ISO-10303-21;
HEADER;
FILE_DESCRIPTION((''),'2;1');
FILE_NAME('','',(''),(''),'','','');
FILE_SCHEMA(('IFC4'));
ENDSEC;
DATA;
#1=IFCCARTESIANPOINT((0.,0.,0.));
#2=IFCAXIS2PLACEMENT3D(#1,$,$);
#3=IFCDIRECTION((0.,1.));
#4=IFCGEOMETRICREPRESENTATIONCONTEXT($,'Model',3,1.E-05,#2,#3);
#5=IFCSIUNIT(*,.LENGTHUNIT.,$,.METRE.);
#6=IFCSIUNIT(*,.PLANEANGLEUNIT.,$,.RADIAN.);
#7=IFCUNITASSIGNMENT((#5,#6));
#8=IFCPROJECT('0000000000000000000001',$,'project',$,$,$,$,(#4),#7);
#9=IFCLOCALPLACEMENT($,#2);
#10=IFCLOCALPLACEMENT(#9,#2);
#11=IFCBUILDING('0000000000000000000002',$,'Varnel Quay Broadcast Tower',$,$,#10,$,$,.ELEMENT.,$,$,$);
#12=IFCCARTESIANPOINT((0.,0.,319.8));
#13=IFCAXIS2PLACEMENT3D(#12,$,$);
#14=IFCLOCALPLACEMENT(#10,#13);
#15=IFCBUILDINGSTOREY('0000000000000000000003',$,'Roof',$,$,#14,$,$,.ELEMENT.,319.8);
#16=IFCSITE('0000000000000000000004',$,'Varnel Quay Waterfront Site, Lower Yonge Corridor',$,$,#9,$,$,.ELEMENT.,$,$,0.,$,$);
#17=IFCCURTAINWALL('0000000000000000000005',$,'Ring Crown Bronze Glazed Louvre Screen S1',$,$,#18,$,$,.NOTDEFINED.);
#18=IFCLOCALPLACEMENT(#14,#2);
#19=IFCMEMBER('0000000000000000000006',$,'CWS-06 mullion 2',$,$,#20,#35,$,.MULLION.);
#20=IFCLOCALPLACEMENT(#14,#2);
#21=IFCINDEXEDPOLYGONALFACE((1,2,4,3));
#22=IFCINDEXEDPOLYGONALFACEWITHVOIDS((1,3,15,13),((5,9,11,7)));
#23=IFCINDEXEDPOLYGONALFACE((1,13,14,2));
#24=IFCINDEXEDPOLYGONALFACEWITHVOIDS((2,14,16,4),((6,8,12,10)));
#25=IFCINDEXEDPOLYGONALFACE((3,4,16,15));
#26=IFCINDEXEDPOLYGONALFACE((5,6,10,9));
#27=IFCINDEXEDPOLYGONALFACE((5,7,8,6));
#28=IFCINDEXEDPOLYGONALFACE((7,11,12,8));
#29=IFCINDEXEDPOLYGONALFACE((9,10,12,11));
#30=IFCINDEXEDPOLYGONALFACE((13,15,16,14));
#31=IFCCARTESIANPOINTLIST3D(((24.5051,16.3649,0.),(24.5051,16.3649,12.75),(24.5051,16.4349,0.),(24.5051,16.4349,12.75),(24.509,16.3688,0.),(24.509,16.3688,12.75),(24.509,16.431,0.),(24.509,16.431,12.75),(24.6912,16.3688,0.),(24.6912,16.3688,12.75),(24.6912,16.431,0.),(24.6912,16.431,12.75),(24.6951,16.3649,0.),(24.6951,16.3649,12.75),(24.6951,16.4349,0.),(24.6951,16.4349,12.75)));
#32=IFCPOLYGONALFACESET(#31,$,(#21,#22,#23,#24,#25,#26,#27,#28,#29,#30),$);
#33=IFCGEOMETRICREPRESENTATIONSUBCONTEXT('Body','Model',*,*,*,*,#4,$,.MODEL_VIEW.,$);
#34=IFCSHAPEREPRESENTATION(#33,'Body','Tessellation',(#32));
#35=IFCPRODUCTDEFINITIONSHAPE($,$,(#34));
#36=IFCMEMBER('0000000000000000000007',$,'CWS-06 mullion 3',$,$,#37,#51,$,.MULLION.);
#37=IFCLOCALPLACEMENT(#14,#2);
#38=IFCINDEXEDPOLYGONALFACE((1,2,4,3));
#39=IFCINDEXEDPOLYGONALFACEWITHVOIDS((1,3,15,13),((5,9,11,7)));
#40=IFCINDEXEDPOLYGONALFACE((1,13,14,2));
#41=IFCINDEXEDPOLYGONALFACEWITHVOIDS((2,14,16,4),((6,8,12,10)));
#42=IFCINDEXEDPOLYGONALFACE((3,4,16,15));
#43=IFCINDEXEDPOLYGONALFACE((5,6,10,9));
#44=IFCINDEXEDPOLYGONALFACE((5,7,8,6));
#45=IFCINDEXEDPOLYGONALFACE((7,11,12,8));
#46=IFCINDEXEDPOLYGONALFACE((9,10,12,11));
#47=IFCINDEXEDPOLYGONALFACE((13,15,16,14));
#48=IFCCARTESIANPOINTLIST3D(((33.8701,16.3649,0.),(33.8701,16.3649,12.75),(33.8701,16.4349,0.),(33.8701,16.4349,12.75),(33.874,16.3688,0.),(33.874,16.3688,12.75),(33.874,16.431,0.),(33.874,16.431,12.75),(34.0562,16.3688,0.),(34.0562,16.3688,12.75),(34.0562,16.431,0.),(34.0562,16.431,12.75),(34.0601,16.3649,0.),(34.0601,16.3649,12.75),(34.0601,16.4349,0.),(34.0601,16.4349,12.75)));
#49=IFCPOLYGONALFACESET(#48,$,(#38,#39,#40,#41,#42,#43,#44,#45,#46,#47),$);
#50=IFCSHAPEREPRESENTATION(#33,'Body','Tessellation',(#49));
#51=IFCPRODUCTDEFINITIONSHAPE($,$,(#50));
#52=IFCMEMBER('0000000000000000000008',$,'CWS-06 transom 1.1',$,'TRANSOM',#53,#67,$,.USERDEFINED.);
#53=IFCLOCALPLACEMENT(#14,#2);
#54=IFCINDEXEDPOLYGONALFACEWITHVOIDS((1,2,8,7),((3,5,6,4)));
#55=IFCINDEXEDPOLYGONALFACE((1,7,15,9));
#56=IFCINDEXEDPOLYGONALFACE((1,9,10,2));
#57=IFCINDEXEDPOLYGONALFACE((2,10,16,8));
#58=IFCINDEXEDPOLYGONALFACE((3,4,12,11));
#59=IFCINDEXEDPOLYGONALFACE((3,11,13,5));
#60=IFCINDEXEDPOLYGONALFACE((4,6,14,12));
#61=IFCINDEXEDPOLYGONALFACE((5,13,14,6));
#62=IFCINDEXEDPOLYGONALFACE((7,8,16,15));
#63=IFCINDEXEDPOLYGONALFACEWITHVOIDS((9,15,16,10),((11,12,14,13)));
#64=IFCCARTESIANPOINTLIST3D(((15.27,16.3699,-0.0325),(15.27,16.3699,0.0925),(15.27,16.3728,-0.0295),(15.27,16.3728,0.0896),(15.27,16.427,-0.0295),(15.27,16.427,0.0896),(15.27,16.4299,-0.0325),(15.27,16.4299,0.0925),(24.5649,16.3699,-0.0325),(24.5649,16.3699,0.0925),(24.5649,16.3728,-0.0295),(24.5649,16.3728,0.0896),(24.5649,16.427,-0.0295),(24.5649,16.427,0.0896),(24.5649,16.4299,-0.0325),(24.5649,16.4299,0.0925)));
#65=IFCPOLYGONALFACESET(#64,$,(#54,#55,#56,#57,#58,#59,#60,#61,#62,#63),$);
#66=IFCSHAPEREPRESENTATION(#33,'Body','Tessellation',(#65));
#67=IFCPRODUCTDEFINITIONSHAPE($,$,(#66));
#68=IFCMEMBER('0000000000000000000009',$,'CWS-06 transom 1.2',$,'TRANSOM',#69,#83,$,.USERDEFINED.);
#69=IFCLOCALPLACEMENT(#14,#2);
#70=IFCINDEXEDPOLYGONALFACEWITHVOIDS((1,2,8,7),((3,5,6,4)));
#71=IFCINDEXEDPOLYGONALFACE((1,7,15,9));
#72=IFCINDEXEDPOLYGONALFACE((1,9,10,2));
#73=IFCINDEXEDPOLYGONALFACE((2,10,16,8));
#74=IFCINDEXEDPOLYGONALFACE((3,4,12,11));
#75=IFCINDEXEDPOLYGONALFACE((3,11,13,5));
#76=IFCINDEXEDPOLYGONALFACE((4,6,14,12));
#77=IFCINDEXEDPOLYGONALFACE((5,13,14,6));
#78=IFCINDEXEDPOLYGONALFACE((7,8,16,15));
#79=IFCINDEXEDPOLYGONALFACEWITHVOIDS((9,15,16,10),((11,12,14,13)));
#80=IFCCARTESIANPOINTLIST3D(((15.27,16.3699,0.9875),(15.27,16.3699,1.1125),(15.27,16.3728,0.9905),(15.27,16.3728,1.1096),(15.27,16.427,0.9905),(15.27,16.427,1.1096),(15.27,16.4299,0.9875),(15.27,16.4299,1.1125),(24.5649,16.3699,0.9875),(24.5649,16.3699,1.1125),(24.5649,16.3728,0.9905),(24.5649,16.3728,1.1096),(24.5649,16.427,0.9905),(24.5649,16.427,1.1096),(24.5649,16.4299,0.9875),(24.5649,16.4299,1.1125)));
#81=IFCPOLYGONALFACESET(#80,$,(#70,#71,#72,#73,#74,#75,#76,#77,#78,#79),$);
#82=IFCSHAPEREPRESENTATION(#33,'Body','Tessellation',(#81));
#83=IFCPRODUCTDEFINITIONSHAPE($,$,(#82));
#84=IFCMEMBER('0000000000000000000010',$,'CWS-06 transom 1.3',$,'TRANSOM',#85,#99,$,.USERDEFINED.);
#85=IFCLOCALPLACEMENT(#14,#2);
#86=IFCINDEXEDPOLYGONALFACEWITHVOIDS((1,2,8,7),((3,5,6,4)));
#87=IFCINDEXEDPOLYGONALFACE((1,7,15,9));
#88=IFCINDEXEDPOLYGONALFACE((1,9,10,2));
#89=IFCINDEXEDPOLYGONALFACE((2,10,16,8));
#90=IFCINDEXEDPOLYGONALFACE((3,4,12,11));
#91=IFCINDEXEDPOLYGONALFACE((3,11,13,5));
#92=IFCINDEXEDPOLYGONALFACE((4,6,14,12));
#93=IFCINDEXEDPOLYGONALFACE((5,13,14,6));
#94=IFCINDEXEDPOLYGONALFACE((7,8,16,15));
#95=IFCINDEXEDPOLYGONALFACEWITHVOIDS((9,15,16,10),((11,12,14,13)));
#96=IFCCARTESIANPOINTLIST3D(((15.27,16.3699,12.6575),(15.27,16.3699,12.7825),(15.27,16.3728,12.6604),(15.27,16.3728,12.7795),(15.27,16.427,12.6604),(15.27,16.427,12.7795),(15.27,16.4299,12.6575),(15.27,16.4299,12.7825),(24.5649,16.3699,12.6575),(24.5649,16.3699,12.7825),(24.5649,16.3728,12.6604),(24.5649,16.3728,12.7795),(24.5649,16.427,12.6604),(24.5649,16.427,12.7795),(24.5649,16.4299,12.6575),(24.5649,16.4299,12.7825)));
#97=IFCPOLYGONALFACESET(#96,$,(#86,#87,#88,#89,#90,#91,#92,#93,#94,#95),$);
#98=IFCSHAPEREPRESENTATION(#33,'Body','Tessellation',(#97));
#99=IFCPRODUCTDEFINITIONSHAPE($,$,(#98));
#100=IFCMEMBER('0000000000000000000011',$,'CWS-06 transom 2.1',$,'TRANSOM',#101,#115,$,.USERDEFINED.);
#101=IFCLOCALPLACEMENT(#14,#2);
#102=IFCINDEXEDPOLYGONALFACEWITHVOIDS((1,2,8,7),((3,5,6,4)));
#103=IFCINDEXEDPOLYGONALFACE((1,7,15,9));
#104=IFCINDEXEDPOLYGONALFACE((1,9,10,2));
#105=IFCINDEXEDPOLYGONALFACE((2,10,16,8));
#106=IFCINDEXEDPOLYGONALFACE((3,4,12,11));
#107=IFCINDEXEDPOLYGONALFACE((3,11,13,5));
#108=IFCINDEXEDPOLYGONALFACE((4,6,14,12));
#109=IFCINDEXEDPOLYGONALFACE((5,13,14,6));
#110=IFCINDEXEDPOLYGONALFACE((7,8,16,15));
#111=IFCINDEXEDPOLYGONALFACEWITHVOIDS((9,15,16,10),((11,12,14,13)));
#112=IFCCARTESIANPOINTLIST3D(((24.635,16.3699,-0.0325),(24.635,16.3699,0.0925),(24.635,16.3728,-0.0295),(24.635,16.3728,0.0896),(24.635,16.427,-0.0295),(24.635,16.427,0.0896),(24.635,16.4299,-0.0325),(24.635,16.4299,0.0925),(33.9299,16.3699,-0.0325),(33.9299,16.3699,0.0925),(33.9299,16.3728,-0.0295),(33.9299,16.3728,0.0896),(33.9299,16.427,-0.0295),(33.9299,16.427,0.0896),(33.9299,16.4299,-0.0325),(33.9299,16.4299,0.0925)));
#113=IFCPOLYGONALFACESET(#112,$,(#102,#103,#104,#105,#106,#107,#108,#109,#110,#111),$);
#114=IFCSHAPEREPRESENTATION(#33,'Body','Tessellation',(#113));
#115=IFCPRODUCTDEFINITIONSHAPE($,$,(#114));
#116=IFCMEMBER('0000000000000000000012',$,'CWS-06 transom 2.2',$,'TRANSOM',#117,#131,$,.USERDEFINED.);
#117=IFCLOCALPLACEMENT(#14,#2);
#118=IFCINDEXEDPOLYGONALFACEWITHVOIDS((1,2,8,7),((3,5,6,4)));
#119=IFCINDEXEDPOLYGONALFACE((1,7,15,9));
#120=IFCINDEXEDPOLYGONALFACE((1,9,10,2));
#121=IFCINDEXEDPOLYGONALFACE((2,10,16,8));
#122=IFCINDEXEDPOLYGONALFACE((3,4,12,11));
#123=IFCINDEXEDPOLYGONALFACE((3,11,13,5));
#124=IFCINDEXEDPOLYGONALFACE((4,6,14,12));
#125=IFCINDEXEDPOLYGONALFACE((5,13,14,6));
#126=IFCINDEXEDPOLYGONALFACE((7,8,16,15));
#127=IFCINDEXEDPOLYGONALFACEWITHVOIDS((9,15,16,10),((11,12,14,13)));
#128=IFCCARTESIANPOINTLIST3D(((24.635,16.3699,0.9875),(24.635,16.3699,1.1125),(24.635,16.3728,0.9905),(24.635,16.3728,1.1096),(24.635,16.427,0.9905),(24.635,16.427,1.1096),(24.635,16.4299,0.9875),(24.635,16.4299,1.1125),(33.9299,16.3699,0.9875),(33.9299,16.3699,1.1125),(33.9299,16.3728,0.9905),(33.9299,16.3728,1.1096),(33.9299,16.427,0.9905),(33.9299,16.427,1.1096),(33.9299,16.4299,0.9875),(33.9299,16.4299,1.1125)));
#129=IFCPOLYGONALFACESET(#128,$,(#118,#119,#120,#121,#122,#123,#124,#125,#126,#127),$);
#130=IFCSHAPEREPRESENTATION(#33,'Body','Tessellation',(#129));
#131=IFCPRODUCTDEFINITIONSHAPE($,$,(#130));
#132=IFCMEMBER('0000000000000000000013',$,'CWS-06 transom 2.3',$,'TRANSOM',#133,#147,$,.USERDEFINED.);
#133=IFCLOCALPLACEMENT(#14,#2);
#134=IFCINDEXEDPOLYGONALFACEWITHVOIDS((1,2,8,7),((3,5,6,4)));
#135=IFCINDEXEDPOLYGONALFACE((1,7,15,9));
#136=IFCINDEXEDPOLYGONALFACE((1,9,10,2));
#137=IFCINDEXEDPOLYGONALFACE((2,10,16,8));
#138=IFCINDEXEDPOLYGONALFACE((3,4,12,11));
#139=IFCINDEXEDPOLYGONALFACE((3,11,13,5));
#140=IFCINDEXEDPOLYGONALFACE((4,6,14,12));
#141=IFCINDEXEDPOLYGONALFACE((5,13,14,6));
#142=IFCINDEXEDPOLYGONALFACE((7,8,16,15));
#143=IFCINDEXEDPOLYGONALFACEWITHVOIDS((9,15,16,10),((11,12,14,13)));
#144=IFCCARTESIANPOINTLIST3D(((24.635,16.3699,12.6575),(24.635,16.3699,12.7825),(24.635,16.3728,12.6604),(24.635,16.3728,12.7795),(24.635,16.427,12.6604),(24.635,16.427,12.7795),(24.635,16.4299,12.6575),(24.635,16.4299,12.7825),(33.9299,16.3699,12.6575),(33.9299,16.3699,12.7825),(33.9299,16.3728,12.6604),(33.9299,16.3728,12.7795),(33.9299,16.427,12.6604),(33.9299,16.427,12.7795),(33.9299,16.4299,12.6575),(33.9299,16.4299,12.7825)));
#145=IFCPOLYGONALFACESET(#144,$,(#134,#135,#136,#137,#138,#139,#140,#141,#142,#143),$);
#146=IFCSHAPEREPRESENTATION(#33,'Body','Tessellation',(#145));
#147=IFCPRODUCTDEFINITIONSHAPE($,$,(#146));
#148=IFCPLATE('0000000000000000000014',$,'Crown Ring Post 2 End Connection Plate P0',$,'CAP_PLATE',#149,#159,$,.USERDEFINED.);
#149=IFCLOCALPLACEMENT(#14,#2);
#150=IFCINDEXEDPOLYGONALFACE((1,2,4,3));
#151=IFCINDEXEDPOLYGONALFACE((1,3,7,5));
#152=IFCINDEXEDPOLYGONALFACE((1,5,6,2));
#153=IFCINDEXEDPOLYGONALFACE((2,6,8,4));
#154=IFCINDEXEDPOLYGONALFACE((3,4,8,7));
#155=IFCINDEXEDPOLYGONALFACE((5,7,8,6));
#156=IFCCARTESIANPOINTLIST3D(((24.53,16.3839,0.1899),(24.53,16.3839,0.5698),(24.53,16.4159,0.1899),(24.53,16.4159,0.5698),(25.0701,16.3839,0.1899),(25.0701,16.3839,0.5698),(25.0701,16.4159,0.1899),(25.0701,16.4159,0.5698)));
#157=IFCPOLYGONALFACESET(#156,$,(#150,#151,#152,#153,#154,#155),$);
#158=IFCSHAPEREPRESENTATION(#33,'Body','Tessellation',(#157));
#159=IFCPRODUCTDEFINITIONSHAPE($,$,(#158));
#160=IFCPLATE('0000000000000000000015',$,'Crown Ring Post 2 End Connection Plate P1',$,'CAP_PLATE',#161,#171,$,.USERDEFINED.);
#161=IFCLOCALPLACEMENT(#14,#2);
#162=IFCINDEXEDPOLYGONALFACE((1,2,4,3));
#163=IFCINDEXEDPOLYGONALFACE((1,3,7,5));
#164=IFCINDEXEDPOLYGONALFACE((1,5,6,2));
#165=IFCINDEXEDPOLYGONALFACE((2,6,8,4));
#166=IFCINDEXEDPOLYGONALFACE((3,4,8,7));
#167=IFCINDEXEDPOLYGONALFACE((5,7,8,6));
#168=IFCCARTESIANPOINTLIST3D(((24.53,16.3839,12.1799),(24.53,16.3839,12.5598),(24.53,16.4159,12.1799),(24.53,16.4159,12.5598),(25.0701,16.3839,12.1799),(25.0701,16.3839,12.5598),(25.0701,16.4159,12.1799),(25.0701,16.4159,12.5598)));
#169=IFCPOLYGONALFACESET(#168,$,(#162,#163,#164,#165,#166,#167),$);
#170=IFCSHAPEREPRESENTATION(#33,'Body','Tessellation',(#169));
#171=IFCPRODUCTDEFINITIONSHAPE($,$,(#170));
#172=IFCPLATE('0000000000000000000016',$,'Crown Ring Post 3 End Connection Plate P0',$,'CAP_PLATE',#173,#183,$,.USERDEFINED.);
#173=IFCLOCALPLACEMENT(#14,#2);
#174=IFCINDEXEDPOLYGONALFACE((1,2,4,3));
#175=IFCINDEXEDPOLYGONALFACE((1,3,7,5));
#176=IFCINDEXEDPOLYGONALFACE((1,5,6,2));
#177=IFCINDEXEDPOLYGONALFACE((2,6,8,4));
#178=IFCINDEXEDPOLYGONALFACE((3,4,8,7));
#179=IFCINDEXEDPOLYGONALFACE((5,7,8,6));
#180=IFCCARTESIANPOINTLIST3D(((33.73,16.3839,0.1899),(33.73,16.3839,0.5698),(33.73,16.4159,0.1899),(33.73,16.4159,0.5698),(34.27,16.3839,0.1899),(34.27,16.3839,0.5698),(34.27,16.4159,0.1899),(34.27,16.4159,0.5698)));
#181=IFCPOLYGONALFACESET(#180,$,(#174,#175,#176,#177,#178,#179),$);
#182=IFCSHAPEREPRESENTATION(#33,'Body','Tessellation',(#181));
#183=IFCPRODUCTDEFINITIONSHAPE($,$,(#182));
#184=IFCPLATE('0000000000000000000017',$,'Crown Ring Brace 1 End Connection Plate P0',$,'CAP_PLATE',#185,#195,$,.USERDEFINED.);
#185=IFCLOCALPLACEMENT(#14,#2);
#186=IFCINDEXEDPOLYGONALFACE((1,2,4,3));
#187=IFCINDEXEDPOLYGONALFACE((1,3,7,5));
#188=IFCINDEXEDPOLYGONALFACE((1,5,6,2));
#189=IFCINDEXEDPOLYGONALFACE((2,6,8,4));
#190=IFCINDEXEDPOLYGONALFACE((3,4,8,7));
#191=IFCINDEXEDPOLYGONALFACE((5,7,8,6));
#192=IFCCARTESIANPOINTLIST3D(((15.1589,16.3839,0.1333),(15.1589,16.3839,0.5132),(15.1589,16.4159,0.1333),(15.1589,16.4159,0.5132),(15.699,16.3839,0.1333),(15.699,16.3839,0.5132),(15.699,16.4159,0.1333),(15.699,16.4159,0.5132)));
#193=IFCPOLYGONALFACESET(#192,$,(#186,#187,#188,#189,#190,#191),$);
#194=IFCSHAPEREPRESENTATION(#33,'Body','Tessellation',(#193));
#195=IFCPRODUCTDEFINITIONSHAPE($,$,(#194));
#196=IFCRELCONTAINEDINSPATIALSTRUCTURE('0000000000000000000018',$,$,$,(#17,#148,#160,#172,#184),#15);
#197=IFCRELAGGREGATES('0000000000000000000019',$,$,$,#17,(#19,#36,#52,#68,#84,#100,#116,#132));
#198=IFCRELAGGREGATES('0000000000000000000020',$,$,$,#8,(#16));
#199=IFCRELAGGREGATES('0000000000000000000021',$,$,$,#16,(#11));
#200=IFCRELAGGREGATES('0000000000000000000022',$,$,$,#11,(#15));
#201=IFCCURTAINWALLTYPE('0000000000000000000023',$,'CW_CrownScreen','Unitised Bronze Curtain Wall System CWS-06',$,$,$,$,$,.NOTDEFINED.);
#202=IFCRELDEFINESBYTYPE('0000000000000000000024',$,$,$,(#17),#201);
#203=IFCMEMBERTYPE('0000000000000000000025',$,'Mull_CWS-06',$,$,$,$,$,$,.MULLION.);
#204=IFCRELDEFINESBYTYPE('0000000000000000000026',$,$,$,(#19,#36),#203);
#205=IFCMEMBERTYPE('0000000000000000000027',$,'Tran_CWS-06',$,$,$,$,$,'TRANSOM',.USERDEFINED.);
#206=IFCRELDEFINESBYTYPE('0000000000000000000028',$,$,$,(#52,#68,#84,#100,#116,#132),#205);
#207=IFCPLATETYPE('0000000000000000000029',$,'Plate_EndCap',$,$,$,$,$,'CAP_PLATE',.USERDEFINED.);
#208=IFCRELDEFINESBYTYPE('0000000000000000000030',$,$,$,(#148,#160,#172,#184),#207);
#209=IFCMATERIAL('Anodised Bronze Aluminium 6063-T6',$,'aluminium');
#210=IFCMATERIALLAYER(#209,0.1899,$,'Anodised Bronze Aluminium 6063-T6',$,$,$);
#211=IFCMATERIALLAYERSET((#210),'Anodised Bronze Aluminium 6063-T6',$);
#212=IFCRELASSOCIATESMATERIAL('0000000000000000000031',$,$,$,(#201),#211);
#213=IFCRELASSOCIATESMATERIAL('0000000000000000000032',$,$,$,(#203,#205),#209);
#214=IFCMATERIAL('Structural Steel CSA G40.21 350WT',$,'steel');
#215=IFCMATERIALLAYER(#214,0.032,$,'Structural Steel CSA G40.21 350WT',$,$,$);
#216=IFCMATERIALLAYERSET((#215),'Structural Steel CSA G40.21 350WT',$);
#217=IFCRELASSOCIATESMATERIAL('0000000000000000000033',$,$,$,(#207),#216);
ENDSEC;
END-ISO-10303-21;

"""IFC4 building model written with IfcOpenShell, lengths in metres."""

from ifc_helpers import new_model, si_unit, direction, frame, origin, origin_2d, place, context, subcontext, project, spatial, rectangle, hollow_rectangle, extrude, source, transform, mapped, material, layer, layer_set, material_profile, profile_set, type_object, type_shapes, element, aggregate, save


model = new_model("IFC4")

# Units and contexts
model_context = context("Model", 3, precision=1e-05, world=origin(), true_north=direction((0.0, 1.0)))
body_context = subcontext(model_context, "Body", "Model", "MODEL_VIEW")
ifc_project = project(units=[si_unit("LENGTHUNIT", "METRE"), si_unit("PLANEANGLEUNIT", "RADIAN")], contexts=[model_context])

# Site, building, storey
site_placement = place(None, origin())
site = spatial("IfcSite", under=ifc_project, at=site_placement, Name="Varnel Quay Waterfront Site, Lower Yonge Corridor", CompositionType="ELEMENT", RefElevation=0.0)
building_placement = place(site_placement, origin())
building = spatial("IfcBuilding", under=site, at=building_placement, Name="Varnel Quay Broadcast Tower", CompositionType="ELEMENT")
storey_placement = place(building_placement, frame((0.0, 0.0, 319.8)))
storey = spatial("IfcBuildingStorey", under=building, at=storey_placement, Name="Roof", CompositionType="ELEMENT", Elevation=319.8)

# Shared definitions
ifc_material_1 = material(Name="Structural Steel CSA G40.21 350WT", Category="steel")

# Curtain wall, members
ifc_material_2 = material(Name="Anodised Bronze Aluminium 6063-T6", Category="aluminium")
ifc_layer_1 = layer(ifc_material_2, 0.1899, Name="Anodised Bronze Aluminium 6063-T6")
ifc_layer_set_1 = layer_set([ifc_layer_1], Name="Anodised Bronze Aluminium 6063-T6")
curtain_wall_type = type_object("IfcCurtainWallType", Name="CW_CrownScreen", Description="Unitised Bronze Curtain Wall System CWS-06", PredefinedType="NOTDEFINED", material=ifc_layer_set_1)
curtain_wall_placement = place(storey_placement, origin())
curtain_wall = element("IfcCurtainWall", 1, at=curtain_wall_placement, inside=storey, type_object=curtain_wall_type, Name="Ring Crown Bronze Glazed Louvre Screen S1", PredefinedType="NOTDEFINED")
ifc_material_profile_1 = material_profile(ifc_material_2, hollow_rectangle(XDim=0.0701, YDim=0.1899, WallThickness=0.0039, at=origin_2d()), Name="ALU70X190X4")
ifc_profile_set_1 = profile_set([ifc_material_profile_1], Name="Anodised Bronze Aluminium 6063-T6")
member_type_1 = type_object("IfcMemberType", Name="Mull_CWS-06", PredefinedType="MULLION", material=ifc_profile_set_1)
shared_shape_1 = source(origin(), body_context, "Body", "SweptSolid", [
    extrude(hollow_rectangle(XDim=0.0701, YDim=0.1899, WallThickness=0.0039, at=origin_2d()), origin(), (0.0, 0.0, 1.0), 12.75),
])
type_shapes(member_type_1, [shared_shape_1])
member_1_placement = place(storey_placement, frame((24.6001, 16.3999, 0.0), z_axis=(0.0, 0.0, 1.0), x_axis=(0.0, 1.0, 0.0)))
member_1 = element("IfcMember", 2, at=member_1_placement, type_object=member_type_1, Name="CWS-06 mullion 2", PredefinedType="MULLION", context=body_context, shape_type="MappedRepresentation", body=[
    mapped(shared_shape_1, transform((0.0, 0.0, 0.0), x_axis=(1.0, 0.0, 0.0), y_axis=(0.0, 1.0, 0.0), z_axis=(0.0, 0.0, 1.0), scale=1.0)),
])
member_2_placement = place(storey_placement, frame((33.9651, 16.3999, 0.0), z_axis=(0.0, 0.0, 1.0), x_axis=(0.0, 1.0, 0.0)))
member_2 = element("IfcMember", 3, at=member_2_placement, type_object=member_type_1, Name="CWS-06 mullion 3", PredefinedType="MULLION", context=body_context, shape_type="MappedRepresentation", body=[
    mapped(shared_shape_1, transform((0.0, 0.0, 0.0), x_axis=(1.0, 0.0, 0.0), y_axis=(0.0, 1.0, 0.0), z_axis=(0.0, 0.0, 1.0), scale=1.0)),
])
ifc_material_profile_2 = material_profile(ifc_material_2, hollow_rectangle(XDim=0.0601, YDim=0.125, WallThickness=0.0029, at=origin_2d()), Name="ALU60X125X3")
ifc_profile_set_2 = profile_set([ifc_material_profile_2], Name="Anodised Bronze Aluminium 6063-T6")
member_type_2 = type_object("IfcMemberType", Name="Tran_CWS-06", ElementType="TRANSOM", PredefinedType="USERDEFINED", material=ifc_profile_set_2)
shared_shape_2 = source(origin(), body_context, "Body", "SweptSolid", [
    extrude(hollow_rectangle(XDim=0.0601, YDim=0.125, WallThickness=0.0029, at=origin_2d()), origin(), (0.0, 0.0, 1.0), 9.2949),
])
type_shapes(member_type_2, [shared_shape_2])
member_3_placement = place(storey_placement, frame((15.27, 16.3999, 0.03), z_axis=(1.0, 0.0, 0.0), x_axis=(0.0, 1.0, 0.0)))
member_3 = element("IfcMember", 4, at=member_3_placement, type_object=member_type_2, Name="CWS-06 transom 1.1", ObjectType="TRANSOM", PredefinedType="USERDEFINED", context=body_context, shape_type="MappedRepresentation", body=[
    mapped(shared_shape_2, transform((0.0, 0.0, 0.0), x_axis=(1.0, 0.0, 0.0), y_axis=(0.0, 1.0, 0.0), z_axis=(0.0, 0.0, 1.0), scale=1.0)),
])
member_4_placement = place(storey_placement, frame((15.27, 16.3999, 1.05), z_axis=(1.0, 0.0, 0.0), x_axis=(0.0, 1.0, 0.0)))
member_4 = element("IfcMember", 5, at=member_4_placement, type_object=member_type_2, Name="CWS-06 transom 1.2", ObjectType="TRANSOM", PredefinedType="USERDEFINED", context=body_context, shape_type="MappedRepresentation", body=[
    mapped(shared_shape_2, transform((0.0, 0.0, 0.0), x_axis=(1.0, 0.0, 0.0), y_axis=(0.0, 1.0, 0.0), z_axis=(0.0, 0.0, 1.0), scale=1.0)),
])
member_5_placement = place(storey_placement, frame((15.27, 16.3999, 12.72), z_axis=(1.0, 0.0, 0.0), x_axis=(0.0, 1.0, 0.0)))
member_5 = element("IfcMember", 6, at=member_5_placement, type_object=member_type_2, Name="CWS-06 transom 1.3", ObjectType="TRANSOM", PredefinedType="USERDEFINED", context=body_context, shape_type="MappedRepresentation", body=[
    mapped(shared_shape_2, transform((0.0, 0.0, 0.0), x_axis=(1.0, 0.0, 0.0), y_axis=(0.0, 1.0, 0.0), z_axis=(0.0, 0.0, 1.0), scale=1.0)),
])
member_6_placement = place(storey_placement, frame((24.635, 16.3999, 0.03), z_axis=(1.0, 0.0, 0.0), x_axis=(0.0, 1.0, 0.0)))
member_6 = element("IfcMember", 7, at=member_6_placement, type_object=member_type_2, Name="CWS-06 transom 2.1", ObjectType="TRANSOM", PredefinedType="USERDEFINED", context=body_context, shape_type="MappedRepresentation", body=[
    mapped(shared_shape_2, transform((0.0, 0.0, 0.0), x_axis=(1.0, 0.0, 0.0), y_axis=(0.0, 1.0, 0.0), z_axis=(0.0, 0.0, 1.0), scale=1.0)),
])
member_7_placement = place(storey_placement, frame((24.635, 16.3999, 1.05), z_axis=(1.0, 0.0, 0.0), x_axis=(0.0, 1.0, 0.0)))
member_7 = element("IfcMember", 8, at=member_7_placement, type_object=member_type_2, Name="CWS-06 transom 2.2", ObjectType="TRANSOM", PredefinedType="USERDEFINED", context=body_context, shape_type="MappedRepresentation", body=[
    mapped(shared_shape_2, transform((0.0, 0.0, 0.0), x_axis=(1.0, 0.0, 0.0), y_axis=(0.0, 1.0, 0.0), z_axis=(0.0, 0.0, 1.0), scale=1.0)),
])
member_8_placement = place(storey_placement, frame((24.635, 16.3999, 12.72), z_axis=(1.0, 0.0, 0.0), x_axis=(0.0, 1.0, 0.0)))
member_8 = element("IfcMember", 9, at=member_8_placement, type_object=member_type_2, Name="CWS-06 transom 2.3", ObjectType="TRANSOM", PredefinedType="USERDEFINED", context=body_context, shape_type="MappedRepresentation", body=[
    mapped(shared_shape_2, transform((0.0, 0.0, 0.0), x_axis=(1.0, 0.0, 0.0), y_axis=(0.0, 1.0, 0.0), z_axis=(0.0, 0.0, 1.0), scale=1.0)),
])

# Plates
ifc_layer_2 = layer(ifc_material_1, 0.032, Name="Structural Steel CSA G40.21 350WT")
ifc_layer_set_2 = layer_set([ifc_layer_2], Name="Structural Steel CSA G40.21 350WT")
plate_type_1 = type_object("IfcPlateType", Name="Plate_EndCap", ElementType="CAP_PLATE", PredefinedType="USERDEFINED", material=ifc_layer_set_2)
shared_shape_3 = source(origin(), body_context, "Body", "SweptSolid", [
    extrude(rectangle(XDim=0.54, YDim=0.032, at=origin_2d()), origin(), (0.0, 0.0, 1.0), 0.3799),
])
type_shapes(plate_type_1, [shared_shape_3])
for number, where, z_axis, x_axis, name in (
    (10, (24.8, 16.3999, 0.1899), (0.0, 0.0, 1.0), (1.0, 0.0, 0.0), "Crown Ring Post 2 End Connection Plate P0"),
    (11, (24.8, 16.3999, 12.1799), (0.0, 0.0, 1.0), (1.0, 0.0, 0.0), "Crown Ring Post 2 End Connection Plate P1"),
    (12, (34.0, 16.3999, 0.1899), (0.0, 0.0, 1.0), (1.0, 0.0, 0.0), "Crown Ring Post 3 End Connection Plate P0"),
    (13, (15.429, 16.3999, 0.1333), (0.0, 0.0, 1.0), (1.0, 0.0, 0.0), "Crown Ring Brace 1 End Connection Plate P0"),
):
    element("IfcPlate", number, at=place(storey_placement, frame(where, z_axis=z_axis, x_axis=x_axis)), inside=storey, type_object=plate_type_1, Name=name, ObjectType="CAP_PLATE", PredefinedType="USERDEFINED", context=body_context, shape_type="MappedRepresentation", body=[
        mapped(shared_shape_3, transform((0.0, 0.0, 0.0), x_axis=(1.0, 0.0, 0.0), y_axis=(0.0, 1.0, 0.0), z_axis=(0.0, 0.0, 1.0), scale=1.0)),
    ])

aggregate(curtain_wall, [member_1, member_2, member_3, member_4, member_5, member_6, member_7, member_8])

save(model, "model.ifc")
